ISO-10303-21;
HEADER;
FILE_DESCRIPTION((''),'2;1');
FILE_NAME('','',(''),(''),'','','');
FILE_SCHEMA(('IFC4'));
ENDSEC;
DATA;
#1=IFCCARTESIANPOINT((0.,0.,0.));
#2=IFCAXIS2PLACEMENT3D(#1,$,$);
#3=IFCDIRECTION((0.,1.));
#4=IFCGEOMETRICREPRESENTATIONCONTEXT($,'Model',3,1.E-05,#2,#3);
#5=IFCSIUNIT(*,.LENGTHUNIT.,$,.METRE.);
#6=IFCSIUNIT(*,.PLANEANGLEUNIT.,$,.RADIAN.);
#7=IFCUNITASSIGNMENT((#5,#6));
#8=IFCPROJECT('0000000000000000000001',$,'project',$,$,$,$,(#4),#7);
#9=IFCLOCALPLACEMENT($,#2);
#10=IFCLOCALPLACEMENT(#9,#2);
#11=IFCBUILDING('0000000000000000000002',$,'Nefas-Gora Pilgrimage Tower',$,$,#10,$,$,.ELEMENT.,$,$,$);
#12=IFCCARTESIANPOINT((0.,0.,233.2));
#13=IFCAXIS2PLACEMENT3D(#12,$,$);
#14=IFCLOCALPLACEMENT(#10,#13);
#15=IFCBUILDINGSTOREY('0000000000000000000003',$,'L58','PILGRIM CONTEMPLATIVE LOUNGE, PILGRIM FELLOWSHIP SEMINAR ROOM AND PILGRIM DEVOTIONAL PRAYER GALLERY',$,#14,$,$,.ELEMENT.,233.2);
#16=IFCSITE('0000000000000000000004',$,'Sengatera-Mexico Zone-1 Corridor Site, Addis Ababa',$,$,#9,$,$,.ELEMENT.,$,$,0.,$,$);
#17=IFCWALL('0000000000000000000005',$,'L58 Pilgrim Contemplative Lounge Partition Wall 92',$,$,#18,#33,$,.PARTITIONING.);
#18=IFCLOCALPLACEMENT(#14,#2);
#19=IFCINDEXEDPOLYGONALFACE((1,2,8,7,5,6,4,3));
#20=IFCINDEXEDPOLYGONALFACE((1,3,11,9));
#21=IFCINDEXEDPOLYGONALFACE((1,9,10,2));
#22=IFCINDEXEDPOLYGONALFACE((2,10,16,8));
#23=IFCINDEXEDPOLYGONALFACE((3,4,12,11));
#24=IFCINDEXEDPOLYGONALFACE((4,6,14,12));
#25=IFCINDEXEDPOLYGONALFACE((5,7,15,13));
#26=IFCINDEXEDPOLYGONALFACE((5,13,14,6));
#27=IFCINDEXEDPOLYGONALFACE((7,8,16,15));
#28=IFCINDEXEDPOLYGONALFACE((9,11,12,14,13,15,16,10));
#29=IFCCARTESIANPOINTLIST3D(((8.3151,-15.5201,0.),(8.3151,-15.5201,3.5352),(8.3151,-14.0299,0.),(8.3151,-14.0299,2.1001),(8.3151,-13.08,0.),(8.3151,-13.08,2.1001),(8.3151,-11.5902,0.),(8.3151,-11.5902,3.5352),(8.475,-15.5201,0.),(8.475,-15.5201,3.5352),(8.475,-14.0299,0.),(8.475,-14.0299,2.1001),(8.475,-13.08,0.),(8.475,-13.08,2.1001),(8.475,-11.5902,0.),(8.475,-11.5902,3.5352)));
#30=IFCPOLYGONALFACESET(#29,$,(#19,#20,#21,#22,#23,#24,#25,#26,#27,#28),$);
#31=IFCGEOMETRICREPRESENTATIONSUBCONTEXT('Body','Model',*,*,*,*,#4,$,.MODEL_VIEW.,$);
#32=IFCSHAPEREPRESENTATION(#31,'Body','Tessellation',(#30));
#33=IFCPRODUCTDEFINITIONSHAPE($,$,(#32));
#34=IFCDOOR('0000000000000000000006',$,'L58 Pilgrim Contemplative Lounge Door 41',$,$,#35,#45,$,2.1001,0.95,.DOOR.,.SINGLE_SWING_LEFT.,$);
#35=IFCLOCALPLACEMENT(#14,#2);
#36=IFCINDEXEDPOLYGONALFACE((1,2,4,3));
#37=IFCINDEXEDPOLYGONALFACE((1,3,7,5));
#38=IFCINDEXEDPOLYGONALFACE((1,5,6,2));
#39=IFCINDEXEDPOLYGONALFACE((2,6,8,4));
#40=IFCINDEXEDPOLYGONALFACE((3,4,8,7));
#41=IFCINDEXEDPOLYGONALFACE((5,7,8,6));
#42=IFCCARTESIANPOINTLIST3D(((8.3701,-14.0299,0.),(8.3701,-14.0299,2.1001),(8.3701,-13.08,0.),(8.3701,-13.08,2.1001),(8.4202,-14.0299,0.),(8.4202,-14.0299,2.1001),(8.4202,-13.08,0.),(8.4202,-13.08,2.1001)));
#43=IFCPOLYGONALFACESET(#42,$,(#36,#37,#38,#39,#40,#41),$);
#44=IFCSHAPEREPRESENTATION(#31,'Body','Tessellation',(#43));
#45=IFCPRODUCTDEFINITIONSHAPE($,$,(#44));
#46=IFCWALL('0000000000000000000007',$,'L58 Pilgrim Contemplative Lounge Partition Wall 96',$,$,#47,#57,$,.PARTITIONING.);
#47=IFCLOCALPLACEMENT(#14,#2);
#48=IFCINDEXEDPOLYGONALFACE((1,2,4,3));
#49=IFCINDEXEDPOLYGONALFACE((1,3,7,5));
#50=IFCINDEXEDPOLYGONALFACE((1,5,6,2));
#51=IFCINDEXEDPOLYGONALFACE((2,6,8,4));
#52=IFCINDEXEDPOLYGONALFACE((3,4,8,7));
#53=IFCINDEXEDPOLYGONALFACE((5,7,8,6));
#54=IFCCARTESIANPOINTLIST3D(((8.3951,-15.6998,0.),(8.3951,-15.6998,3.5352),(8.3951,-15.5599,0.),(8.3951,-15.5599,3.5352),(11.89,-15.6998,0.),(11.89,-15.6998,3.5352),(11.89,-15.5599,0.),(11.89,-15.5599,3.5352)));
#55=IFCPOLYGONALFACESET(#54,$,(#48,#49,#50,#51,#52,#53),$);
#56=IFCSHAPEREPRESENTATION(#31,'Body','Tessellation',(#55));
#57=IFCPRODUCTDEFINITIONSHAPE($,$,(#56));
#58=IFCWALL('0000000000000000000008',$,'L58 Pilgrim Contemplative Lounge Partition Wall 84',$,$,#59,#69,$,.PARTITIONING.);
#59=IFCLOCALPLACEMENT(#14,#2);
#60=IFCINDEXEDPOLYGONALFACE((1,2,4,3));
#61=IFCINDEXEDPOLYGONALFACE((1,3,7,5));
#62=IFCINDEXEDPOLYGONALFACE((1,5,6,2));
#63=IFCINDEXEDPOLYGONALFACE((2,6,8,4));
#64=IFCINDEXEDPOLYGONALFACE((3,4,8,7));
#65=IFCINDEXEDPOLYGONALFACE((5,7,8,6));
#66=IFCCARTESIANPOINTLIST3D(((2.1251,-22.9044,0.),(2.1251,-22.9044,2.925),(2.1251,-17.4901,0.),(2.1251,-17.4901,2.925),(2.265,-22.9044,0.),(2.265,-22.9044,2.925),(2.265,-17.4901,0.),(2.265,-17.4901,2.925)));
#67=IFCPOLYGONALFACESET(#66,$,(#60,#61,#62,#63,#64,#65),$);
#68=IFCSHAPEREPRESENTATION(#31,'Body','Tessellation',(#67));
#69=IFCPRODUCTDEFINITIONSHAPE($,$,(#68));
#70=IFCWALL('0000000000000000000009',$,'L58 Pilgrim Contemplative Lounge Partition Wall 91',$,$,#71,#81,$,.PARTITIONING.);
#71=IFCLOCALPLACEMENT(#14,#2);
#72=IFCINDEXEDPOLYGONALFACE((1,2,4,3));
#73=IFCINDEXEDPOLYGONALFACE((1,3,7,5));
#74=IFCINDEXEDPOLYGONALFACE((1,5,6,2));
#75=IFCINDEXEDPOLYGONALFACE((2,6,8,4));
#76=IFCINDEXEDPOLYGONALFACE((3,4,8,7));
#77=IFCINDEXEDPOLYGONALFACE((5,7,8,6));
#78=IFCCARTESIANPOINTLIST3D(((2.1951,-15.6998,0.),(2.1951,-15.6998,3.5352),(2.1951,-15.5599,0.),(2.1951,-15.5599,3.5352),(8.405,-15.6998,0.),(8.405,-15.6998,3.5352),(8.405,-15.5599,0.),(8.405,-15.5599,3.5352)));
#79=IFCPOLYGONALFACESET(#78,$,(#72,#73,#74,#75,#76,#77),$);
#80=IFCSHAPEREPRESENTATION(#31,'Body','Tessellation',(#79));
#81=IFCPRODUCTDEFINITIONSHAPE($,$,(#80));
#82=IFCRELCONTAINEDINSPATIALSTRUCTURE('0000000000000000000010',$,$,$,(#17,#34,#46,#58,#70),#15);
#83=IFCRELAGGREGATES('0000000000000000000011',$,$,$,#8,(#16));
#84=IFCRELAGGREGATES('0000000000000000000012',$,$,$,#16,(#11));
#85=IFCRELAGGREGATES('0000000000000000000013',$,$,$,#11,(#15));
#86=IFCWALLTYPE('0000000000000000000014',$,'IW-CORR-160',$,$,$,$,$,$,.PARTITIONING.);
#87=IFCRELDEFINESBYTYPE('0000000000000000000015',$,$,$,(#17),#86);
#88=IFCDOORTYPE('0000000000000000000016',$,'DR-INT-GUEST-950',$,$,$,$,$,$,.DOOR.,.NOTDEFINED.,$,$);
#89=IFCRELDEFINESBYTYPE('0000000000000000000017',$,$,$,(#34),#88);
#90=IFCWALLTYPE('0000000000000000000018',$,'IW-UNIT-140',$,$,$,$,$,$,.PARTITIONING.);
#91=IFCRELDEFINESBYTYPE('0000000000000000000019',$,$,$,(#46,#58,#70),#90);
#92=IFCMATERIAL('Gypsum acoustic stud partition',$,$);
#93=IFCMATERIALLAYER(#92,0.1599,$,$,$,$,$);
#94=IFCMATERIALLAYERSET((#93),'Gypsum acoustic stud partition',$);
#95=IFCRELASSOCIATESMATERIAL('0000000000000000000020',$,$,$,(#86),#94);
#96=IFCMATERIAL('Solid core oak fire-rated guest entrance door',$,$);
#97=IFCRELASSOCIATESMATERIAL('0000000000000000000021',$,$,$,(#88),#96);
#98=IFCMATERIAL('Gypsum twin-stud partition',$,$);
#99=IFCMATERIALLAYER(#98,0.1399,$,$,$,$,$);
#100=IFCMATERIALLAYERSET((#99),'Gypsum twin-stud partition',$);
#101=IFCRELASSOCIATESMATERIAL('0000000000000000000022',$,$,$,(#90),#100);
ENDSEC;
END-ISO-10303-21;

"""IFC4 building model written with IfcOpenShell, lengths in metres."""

from ifc_helpers import new_model, si_unit, direction, frame, frame_2d, origin, place, context, subcontext, project, spatial, rectangle, extrude, source, transform, mapped, material, layer, layer_set, type_object, element, fill, save


model = new_model("IFC4")

# Units and contexts
model_context = context("Model", 3, precision=1e-05, world=origin(), true_north=direction((0.0, 1.0)))
body_context = subcontext(model_context, "Body", "Model", "MODEL_VIEW")
ifc_project = project(units=[si_unit("LENGTHUNIT", "METRE"), si_unit("PLANEANGLEUNIT", "RADIAN")], contexts=[model_context])

# Site, building, storey
site_placement = place(None, origin())
site = spatial("IfcSite", under=ifc_project, at=site_placement, Name="Sengatera-Mexico Zone-1 Corridor Site, Addis Ababa", CompositionType="ELEMENT", RefElevation=0.0)
building_placement = place(site_placement, origin())
building = spatial("IfcBuilding", under=site, at=building_placement, Name="Nefas-Gora Pilgrimage Tower", CompositionType="ELEMENT")
storey_placement = place(building_placement, frame((0.0, 0.0, 233.2)))
storey = spatial("IfcBuildingStorey", under=building, at=storey_placement, Name="L58", Description="PILGRIM CONTEMPLATIVE LOUNGE, PILGRIM FELLOWSHIP SEMINAR ROOM AND PILGRIM DEVOTIONAL PRAYER GALLERY", CompositionType="ELEMENT", Elevation=233.2)

# Shared definitions
ifc_material_1 = material(Name="Gypsum acoustic stud partition")
ifc_layer_1 = layer(ifc_material_1, 0.1599)
ifc_layer_set_1 = layer_set([ifc_layer_1], Name="Gypsum acoustic stud partition")
wall_type_1 = type_object("IfcWallType", Name="IW-CORR-160", PredefinedType="PARTITIONING", material=ifc_layer_set_1)
ifc_material_2 = material(Name="Solid core oak fire-rated guest entrance door")
door_type = type_object("IfcDoorType", Name="DR-INT-GUEST-950", OperationType="NOTDEFINED", PredefinedType="DOOR", material=ifc_material_2)
shared_shape_1 = source(origin(), body_context, "Body", "SweptSolid", [
    extrude(rectangle(XDim=0.95, YDim=2.1001, at=frame_2d((0.4751, 1.05))), frame((0.0, 0.0249, 0.0), z_axis=(0.0, -1.0, 0.0), x_axis=(1.0, 0.0, 0.0)), (0.0, 0.0, 1.0), 0.05),
])

# Shared definitions
ifc_material_3 = material(Name="Gypsum twin-stud partition")
ifc_layer_2 = layer(ifc_material_3, 0.1399)
ifc_layer_set_2 = layer_set([ifc_layer_2], Name="Gypsum twin-stud partition")
wall_type_2 = type_object("IfcWallType", Name="IW-UNIT-140", PredefinedType="PARTITIONING", material=ifc_layer_set_2)

# Wall, opening, door
shared_shape_2 = source(origin(), body_context, "Body", "SweptSolid", [
    extrude(rectangle(XDim=3.9299, YDim=0.1599, at=frame_2d((1.9648, 0.0))), origin(), (0.0, 0.0, 1.0), 3.5352),
])
wall_1_placement = place(storey_placement, frame((8.395, -15.52, 0.0), z_axis=(0.0, 0.0, 1.0), x_axis=(0.0, 1.0, 0.0)))
wall_1 = element("IfcWall", 1, at=wall_1_placement, inside=storey, type_object=wall_type_1, Name="L58 Pilgrim Contemplative Lounge Partition Wall 92", PredefinedType="PARTITIONING", context=body_context, shape_type="MappedRepresentation", body=[
    mapped(shared_shape_2, transform((0.0, 0.0, 0.0), x_axis=(1.0, 0.0, 0.0), y_axis=(0.0, 1.0, 0.0), z_axis=(0.0, 0.0, 1.0), scale=1.0)),
])
opening_1_placement = place(wall_1_placement, frame((1.49, 0.0, 0.0)))
opening_1 = element("IfcOpeningElement", 2, at=opening_1_placement, cuts=wall_1, PredefinedType="OPENING", context=body_context, shape_type="SweptSolid", body=[
    extrude(rectangle(XDim=0.95, YDim=2.1001, at=frame_2d((0.4751, 1.05))), frame((0.0, 0.0898, 0.0), z_axis=(0.0, -1.0, 0.0), x_axis=(1.0, 0.0, 0.0)), (0.0, 0.0, 1.0), 0.1799),
])
door_1_placement = place(opening_1_placement, origin())
door_1 = element("IfcDoor", 3, at=door_1_placement, inside=storey, type_object=door_type, Name="L58 Pilgrim Contemplative Lounge Door 41", OperationType="SINGLE_SWING_LEFT", OverallHeight=2.1001, OverallWidth=0.95, PredefinedType="DOOR", context=body_context, shape_type="MappedRepresentation", body=[
    mapped(shared_shape_1, transform((0.0, 0.0, 0.0), x_axis=(1.0, 0.0, 0.0), y_axis=(0.0, 1.0, 0.0), z_axis=(0.0, 0.0, 1.0), scale=1.0)),
])
fill(opening_1, door_1)

# Walls
shared_shape_3 = source(origin(), body_context, "Body", "SweptSolid", [
    extrude(rectangle(XDim=3.4949, YDim=0.1399, at=frame_2d((1.7476, 0.0))), origin(), (0.0, 0.0, 1.0), 3.5352),
])
wall_2_placement = place(storey_placement, frame((8.395, -15.6299, 0.0), z_axis=(0.0, 0.0, 1.0), x_axis=(1.0, 0.0, 0.0)))
element("IfcWall", 4, at=wall_2_placement, inside=storey, type_object=wall_type_2, Name="L58 Pilgrim Contemplative Lounge Partition Wall 96", PredefinedType="PARTITIONING", context=body_context, shape_type="MappedRepresentation", body=[
    mapped(shared_shape_3, transform((0.0, 0.0, 0.0), x_axis=(1.0, 0.0, 0.0), y_axis=(0.0, 1.0, 0.0), z_axis=(0.0, 0.0, 1.0), scale=1.0)),
])
shared_shape_4 = source(origin(), body_context, "Body", "SweptSolid", [
    extrude(rectangle(XDim=5.4143, YDim=0.1399, at=frame_2d((2.707, 0.0))), origin(), (0.0, 0.0, 1.0), 2.925),
])
wall_3_placement = place(storey_placement, frame((2.1951, -22.9043, 0.0), z_axis=(0.0, 0.0, 1.0), x_axis=(0.0, 1.0, 0.0)))
element("IfcWall", 5, at=wall_3_placement, inside=storey, type_object=wall_type_2, Name="L58 Pilgrim Contemplative Lounge Partition Wall 84", PredefinedType="PARTITIONING", context=body_context, shape_type="MappedRepresentation", body=[
    mapped(shared_shape_4, transform((0.0, 0.0, 0.0), x_axis=(1.0, 0.0, 0.0), y_axis=(0.0, 1.0, 0.0), z_axis=(0.0, 0.0, 1.0), scale=1.0)),
])
shared_shape_5 = source(origin(), body_context, "Body", "SweptSolid", [
    extrude(rectangle(XDim=6.21, YDim=0.1399, at=frame_2d((3.105, 0.0))), origin(), (0.0, 0.0, 1.0), 3.5352),
])
wall_4_placement = place(storey_placement, frame((2.1951, -15.6299, 0.0), z_axis=(0.0, 0.0, 1.0), x_axis=(1.0, 0.0, 0.0)))
element("IfcWall", 6, at=wall_4_placement, inside=storey, type_object=wall_type_2, Name="L58 Pilgrim Contemplative Lounge Partition Wall 91", PredefinedType="PARTITIONING", context=body_context, shape_type="MappedRepresentation", body=[
    mapped(shared_shape_5, transform((0.0, 0.0, 0.0), x_axis=(1.0, 0.0, 0.0), y_axis=(0.0, 1.0, 0.0), z_axis=(0.0, 0.0, 1.0), scale=1.0)),
])

save(model, "model.ifc")
